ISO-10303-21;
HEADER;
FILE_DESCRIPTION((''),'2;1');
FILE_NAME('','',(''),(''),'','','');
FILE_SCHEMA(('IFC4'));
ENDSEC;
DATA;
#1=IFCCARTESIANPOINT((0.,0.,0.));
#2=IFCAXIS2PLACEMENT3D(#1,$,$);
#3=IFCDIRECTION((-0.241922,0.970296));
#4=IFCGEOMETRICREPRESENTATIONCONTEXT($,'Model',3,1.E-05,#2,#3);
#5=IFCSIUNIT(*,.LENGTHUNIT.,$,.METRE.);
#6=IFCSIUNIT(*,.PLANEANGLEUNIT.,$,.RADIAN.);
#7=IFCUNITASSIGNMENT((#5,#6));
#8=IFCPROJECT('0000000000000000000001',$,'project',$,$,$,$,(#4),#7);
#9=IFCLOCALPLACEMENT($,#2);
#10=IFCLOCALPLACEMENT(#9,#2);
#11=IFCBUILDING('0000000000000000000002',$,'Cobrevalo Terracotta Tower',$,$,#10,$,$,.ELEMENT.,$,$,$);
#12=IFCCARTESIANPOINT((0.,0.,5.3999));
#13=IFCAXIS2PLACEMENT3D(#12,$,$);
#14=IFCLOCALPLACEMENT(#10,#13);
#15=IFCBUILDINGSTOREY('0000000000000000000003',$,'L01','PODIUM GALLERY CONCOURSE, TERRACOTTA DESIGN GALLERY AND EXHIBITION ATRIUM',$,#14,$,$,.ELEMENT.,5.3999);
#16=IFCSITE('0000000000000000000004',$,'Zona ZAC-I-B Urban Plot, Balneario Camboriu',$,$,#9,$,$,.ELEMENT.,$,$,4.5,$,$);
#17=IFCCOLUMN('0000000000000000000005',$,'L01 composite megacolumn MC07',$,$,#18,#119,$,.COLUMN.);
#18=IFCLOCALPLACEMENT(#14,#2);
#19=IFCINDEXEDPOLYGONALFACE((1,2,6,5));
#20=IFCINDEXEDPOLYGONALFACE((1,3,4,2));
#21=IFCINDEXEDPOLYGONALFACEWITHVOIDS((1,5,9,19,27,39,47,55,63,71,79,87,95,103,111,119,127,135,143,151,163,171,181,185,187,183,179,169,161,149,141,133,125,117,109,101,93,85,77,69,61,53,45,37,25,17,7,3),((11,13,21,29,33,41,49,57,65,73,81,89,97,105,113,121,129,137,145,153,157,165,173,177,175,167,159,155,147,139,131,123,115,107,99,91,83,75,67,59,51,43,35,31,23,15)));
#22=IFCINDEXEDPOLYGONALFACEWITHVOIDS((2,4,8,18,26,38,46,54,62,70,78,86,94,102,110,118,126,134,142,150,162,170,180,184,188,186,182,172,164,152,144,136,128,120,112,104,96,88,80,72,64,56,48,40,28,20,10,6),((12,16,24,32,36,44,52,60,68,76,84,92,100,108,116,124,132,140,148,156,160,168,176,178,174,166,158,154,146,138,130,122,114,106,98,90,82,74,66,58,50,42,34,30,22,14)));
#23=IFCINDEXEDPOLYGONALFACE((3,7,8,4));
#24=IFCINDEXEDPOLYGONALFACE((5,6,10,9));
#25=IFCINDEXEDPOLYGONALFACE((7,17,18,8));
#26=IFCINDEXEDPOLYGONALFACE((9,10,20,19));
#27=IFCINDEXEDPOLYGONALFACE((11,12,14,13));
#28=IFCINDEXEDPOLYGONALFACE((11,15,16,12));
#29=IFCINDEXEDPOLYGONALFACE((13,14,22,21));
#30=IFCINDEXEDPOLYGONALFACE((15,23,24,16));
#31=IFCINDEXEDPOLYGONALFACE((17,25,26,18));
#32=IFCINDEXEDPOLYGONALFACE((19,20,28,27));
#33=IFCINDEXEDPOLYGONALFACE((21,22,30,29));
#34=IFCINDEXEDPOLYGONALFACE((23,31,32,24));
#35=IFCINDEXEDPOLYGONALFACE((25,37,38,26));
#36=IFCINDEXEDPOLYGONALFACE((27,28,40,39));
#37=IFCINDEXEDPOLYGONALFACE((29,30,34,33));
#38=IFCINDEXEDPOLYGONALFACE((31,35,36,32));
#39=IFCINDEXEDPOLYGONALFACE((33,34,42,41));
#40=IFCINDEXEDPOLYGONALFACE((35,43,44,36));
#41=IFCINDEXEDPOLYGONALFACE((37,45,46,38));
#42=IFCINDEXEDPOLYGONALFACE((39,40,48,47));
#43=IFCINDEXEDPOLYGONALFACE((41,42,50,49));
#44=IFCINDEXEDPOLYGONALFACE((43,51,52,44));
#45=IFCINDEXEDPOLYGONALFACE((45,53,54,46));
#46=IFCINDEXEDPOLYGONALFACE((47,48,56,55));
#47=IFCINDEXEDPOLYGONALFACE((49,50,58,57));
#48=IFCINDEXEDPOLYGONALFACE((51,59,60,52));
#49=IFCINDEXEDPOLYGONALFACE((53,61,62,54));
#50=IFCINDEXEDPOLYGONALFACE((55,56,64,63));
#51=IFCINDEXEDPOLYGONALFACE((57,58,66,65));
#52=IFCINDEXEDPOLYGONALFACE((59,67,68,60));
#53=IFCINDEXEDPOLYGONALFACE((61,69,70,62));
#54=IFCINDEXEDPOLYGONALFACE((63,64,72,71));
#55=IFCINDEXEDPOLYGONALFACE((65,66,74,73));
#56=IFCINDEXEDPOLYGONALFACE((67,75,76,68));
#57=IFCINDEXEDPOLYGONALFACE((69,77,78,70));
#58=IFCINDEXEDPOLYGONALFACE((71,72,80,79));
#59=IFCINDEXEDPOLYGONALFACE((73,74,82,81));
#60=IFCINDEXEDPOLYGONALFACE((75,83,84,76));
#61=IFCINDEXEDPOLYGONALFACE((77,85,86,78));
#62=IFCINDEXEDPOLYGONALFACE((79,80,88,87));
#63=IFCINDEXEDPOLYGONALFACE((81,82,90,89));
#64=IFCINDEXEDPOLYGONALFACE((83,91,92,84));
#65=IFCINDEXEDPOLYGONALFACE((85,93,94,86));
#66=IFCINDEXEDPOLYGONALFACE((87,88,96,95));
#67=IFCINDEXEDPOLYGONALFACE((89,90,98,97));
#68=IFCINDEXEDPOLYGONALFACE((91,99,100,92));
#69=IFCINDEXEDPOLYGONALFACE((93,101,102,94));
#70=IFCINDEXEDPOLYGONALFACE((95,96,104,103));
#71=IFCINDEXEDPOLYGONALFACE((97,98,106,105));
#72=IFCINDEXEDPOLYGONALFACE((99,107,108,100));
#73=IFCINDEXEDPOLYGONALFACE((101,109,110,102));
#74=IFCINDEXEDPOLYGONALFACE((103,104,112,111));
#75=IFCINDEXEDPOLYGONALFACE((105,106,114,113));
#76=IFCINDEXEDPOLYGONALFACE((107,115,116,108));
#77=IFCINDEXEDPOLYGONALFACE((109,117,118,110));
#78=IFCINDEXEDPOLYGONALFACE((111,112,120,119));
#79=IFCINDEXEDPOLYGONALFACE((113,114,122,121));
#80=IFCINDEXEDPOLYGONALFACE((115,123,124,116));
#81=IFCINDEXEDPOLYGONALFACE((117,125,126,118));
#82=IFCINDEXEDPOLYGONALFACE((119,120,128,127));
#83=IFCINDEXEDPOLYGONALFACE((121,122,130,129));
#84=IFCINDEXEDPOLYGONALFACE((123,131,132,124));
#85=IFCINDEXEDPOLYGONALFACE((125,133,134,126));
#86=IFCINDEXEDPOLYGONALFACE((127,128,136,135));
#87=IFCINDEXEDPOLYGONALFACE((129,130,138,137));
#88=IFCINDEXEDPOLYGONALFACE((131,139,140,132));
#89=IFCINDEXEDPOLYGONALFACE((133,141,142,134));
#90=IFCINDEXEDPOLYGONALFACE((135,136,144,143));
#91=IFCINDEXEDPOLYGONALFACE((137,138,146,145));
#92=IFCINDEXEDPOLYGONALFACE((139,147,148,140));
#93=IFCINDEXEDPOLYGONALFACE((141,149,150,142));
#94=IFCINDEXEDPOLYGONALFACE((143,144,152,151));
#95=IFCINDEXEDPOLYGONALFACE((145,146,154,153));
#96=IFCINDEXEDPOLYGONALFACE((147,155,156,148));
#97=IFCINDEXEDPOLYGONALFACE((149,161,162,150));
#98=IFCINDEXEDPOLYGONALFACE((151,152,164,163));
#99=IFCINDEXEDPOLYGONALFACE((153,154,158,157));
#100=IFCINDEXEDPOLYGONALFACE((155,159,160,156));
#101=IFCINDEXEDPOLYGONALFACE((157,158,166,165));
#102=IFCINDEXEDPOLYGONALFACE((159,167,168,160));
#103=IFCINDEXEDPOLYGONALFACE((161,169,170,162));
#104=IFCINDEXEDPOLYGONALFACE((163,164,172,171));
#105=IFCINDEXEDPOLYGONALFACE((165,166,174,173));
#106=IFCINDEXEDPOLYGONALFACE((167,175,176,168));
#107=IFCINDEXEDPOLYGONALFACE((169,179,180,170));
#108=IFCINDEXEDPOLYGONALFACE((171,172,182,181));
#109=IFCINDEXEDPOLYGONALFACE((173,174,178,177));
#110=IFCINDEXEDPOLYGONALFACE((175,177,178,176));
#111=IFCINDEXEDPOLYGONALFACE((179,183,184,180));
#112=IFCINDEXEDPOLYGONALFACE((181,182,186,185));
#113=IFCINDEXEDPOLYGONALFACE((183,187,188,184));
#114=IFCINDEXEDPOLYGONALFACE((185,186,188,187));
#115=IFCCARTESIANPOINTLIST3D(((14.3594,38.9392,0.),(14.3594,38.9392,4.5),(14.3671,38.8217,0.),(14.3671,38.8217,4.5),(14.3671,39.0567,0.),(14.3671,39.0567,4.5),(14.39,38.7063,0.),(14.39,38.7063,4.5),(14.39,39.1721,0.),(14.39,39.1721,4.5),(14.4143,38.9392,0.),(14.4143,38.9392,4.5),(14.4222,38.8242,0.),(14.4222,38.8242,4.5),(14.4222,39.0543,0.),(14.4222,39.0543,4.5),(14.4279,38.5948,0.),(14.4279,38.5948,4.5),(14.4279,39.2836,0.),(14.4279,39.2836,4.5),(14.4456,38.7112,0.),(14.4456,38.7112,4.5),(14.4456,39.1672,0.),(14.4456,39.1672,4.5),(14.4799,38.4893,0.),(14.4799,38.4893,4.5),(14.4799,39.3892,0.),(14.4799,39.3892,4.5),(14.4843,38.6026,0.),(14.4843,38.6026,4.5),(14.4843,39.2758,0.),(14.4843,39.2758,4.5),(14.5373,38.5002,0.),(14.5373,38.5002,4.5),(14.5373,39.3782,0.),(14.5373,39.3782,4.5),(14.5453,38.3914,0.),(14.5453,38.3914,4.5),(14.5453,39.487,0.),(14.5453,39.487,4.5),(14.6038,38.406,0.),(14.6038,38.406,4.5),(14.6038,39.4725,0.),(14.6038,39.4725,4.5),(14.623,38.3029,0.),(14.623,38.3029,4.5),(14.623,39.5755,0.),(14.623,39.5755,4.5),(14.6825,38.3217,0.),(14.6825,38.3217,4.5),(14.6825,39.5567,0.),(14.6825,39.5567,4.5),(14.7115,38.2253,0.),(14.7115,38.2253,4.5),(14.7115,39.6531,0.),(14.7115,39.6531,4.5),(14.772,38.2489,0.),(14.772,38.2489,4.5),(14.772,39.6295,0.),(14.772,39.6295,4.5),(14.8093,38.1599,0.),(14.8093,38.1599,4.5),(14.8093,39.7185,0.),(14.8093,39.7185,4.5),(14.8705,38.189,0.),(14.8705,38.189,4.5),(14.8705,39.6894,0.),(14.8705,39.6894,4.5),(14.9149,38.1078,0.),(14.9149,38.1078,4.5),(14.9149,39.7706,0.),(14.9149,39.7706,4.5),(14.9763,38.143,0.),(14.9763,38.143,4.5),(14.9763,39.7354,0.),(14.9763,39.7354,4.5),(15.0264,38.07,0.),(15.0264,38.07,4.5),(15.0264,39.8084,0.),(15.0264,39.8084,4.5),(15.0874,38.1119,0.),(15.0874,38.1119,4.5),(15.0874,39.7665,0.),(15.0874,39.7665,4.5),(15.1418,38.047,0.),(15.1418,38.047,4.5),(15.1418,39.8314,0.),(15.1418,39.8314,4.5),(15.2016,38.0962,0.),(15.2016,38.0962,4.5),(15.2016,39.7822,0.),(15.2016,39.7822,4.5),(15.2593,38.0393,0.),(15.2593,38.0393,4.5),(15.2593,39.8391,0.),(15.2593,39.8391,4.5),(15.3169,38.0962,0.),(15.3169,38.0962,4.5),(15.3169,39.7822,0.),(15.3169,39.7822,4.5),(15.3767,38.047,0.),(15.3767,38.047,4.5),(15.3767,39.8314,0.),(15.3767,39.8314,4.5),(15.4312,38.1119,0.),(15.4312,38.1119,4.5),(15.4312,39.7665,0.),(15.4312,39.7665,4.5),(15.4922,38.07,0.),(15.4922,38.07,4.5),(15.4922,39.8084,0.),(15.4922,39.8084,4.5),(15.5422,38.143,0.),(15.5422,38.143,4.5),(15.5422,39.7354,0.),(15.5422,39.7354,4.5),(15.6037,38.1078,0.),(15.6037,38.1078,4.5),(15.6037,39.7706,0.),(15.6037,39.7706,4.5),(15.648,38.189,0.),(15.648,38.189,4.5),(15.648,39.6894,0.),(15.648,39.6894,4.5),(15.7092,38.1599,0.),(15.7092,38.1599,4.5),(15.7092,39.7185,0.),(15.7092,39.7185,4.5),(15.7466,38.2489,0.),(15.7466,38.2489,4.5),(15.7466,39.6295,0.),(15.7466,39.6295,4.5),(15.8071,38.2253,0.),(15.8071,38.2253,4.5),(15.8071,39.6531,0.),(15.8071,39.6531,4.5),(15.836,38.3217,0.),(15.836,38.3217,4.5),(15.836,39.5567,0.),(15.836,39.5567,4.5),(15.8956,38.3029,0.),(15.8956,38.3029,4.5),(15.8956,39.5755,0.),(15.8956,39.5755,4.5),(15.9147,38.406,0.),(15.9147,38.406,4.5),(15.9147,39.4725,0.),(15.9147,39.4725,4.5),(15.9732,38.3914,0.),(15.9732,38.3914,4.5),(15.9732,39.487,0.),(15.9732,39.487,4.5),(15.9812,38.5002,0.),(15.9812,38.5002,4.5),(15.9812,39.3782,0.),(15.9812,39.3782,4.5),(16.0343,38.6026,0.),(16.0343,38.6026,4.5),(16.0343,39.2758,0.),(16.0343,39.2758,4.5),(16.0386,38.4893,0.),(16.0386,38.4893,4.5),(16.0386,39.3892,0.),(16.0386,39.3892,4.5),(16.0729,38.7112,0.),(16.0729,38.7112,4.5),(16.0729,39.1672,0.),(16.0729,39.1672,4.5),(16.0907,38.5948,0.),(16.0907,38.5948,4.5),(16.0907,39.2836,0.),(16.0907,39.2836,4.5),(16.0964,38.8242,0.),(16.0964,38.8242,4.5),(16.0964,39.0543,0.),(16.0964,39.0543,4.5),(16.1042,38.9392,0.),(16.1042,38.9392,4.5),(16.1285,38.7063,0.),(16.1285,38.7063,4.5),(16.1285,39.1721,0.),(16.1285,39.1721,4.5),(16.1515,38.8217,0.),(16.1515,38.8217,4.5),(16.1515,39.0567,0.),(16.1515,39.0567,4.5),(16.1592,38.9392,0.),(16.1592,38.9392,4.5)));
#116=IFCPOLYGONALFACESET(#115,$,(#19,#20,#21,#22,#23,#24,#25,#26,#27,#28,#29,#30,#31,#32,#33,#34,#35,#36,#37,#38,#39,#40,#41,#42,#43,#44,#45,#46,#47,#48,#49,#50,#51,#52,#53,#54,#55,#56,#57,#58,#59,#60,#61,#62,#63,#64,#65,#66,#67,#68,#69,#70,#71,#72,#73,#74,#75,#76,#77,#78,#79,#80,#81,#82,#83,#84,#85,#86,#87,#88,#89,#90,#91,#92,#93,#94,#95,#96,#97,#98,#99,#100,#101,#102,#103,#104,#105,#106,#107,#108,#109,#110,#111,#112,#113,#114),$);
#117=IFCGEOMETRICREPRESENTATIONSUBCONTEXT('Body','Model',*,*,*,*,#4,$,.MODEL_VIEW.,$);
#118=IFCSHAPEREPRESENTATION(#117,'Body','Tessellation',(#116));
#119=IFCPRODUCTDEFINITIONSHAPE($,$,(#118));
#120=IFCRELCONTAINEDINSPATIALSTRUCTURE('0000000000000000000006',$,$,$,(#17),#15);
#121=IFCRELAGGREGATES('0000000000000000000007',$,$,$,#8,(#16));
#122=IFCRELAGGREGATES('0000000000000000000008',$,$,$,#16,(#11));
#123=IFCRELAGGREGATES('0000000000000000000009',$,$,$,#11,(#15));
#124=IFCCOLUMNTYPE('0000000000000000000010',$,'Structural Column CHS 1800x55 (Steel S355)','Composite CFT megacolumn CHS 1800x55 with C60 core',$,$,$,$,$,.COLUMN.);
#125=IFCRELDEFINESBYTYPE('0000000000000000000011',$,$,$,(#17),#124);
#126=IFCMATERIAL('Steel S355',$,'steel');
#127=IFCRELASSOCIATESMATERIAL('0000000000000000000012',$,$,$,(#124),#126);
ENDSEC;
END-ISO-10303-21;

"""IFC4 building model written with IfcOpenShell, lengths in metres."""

from ifc_helpers import new_model, si_unit, direction, frame, origin, origin_2d, place, context, subcontext, project, spatial, hollow_circle, extrude, material, material_profile, profile_set, type_object, element, save


model = new_model("IFC4")

# Units and contexts
model_context = context("Model", 3, precision=1e-05, world=origin(), true_north=direction((-0.241922, 0.970296)))
body_context = subcontext(model_context, "Body", "Model", "MODEL_VIEW")
ifc_project = project(units=[si_unit("LENGTHUNIT", "METRE"), si_unit("PLANEANGLEUNIT", "RADIAN")], contexts=[model_context])

# Site, building, storey
site_placement = place(None, origin())
site = spatial("IfcSite", under=ifc_project, at=site_placement, Name="Zona ZAC-I-B Urban Plot, Balneario Camboriu", CompositionType="ELEMENT", RefElevation=4.5)
building_placement = place(site_placement, origin())
building = spatial("IfcBuilding", under=site, at=building_placement, Name="Cobrevalo Terracotta Tower", CompositionType="ELEMENT")
storey_placement = place(building_placement, frame((0.0, 0.0, 5.3999)))
storey = spatial("IfcBuildingStorey", under=building, at=storey_placement, Name="L01", Description="PODIUM GALLERY CONCOURSE, TERRACOTTA DESIGN GALLERY AND EXHIBITION ATRIUM", CompositionType="ELEMENT", Elevation=5.3999)

# Column
ifc_material_1 = material(Name="Steel S355", Category="steel")
ifc_material_profile_1 = material_profile(ifc_material_1, hollow_circle(Radius=0.8999, WallThickness=0.0549, at=origin_2d()), Name="CHS 1800x55")
ifc_profile_set_1 = profile_set([ifc_material_profile_1], Name="Steel S355")
column_type_1 = type_object("IfcColumnType", Name="Structural Column CHS 1800x55 (Steel S355)", Description="Composite CFT megacolumn CHS 1800x55 with C60 core", PredefinedType="COLUMN", material=ifc_profile_set_1)
for number, where, z_axis, x_axis, name in (
    (1, (15.2593, 38.9392, 0.0), (0.0, 0.0, 1.0), (1.0, 0.0, 0.0), "L01 composite megacolumn MC07"),
):
    element("IfcColumn", number, at=place(storey_placement, frame(where, z_axis=z_axis, x_axis=x_axis)), inside=storey, type_object=column_type_1, Name=name, PredefinedType="COLUMN", context=body_context, shape_type="SweptSolid", body=[
        extrude(hollow_circle(Radius=0.8999, WallThickness=0.0549, at=origin_2d()), origin(), (0.0, 0.0, 1.0), 4.5),
    ])

save(model, "model.ifc")
